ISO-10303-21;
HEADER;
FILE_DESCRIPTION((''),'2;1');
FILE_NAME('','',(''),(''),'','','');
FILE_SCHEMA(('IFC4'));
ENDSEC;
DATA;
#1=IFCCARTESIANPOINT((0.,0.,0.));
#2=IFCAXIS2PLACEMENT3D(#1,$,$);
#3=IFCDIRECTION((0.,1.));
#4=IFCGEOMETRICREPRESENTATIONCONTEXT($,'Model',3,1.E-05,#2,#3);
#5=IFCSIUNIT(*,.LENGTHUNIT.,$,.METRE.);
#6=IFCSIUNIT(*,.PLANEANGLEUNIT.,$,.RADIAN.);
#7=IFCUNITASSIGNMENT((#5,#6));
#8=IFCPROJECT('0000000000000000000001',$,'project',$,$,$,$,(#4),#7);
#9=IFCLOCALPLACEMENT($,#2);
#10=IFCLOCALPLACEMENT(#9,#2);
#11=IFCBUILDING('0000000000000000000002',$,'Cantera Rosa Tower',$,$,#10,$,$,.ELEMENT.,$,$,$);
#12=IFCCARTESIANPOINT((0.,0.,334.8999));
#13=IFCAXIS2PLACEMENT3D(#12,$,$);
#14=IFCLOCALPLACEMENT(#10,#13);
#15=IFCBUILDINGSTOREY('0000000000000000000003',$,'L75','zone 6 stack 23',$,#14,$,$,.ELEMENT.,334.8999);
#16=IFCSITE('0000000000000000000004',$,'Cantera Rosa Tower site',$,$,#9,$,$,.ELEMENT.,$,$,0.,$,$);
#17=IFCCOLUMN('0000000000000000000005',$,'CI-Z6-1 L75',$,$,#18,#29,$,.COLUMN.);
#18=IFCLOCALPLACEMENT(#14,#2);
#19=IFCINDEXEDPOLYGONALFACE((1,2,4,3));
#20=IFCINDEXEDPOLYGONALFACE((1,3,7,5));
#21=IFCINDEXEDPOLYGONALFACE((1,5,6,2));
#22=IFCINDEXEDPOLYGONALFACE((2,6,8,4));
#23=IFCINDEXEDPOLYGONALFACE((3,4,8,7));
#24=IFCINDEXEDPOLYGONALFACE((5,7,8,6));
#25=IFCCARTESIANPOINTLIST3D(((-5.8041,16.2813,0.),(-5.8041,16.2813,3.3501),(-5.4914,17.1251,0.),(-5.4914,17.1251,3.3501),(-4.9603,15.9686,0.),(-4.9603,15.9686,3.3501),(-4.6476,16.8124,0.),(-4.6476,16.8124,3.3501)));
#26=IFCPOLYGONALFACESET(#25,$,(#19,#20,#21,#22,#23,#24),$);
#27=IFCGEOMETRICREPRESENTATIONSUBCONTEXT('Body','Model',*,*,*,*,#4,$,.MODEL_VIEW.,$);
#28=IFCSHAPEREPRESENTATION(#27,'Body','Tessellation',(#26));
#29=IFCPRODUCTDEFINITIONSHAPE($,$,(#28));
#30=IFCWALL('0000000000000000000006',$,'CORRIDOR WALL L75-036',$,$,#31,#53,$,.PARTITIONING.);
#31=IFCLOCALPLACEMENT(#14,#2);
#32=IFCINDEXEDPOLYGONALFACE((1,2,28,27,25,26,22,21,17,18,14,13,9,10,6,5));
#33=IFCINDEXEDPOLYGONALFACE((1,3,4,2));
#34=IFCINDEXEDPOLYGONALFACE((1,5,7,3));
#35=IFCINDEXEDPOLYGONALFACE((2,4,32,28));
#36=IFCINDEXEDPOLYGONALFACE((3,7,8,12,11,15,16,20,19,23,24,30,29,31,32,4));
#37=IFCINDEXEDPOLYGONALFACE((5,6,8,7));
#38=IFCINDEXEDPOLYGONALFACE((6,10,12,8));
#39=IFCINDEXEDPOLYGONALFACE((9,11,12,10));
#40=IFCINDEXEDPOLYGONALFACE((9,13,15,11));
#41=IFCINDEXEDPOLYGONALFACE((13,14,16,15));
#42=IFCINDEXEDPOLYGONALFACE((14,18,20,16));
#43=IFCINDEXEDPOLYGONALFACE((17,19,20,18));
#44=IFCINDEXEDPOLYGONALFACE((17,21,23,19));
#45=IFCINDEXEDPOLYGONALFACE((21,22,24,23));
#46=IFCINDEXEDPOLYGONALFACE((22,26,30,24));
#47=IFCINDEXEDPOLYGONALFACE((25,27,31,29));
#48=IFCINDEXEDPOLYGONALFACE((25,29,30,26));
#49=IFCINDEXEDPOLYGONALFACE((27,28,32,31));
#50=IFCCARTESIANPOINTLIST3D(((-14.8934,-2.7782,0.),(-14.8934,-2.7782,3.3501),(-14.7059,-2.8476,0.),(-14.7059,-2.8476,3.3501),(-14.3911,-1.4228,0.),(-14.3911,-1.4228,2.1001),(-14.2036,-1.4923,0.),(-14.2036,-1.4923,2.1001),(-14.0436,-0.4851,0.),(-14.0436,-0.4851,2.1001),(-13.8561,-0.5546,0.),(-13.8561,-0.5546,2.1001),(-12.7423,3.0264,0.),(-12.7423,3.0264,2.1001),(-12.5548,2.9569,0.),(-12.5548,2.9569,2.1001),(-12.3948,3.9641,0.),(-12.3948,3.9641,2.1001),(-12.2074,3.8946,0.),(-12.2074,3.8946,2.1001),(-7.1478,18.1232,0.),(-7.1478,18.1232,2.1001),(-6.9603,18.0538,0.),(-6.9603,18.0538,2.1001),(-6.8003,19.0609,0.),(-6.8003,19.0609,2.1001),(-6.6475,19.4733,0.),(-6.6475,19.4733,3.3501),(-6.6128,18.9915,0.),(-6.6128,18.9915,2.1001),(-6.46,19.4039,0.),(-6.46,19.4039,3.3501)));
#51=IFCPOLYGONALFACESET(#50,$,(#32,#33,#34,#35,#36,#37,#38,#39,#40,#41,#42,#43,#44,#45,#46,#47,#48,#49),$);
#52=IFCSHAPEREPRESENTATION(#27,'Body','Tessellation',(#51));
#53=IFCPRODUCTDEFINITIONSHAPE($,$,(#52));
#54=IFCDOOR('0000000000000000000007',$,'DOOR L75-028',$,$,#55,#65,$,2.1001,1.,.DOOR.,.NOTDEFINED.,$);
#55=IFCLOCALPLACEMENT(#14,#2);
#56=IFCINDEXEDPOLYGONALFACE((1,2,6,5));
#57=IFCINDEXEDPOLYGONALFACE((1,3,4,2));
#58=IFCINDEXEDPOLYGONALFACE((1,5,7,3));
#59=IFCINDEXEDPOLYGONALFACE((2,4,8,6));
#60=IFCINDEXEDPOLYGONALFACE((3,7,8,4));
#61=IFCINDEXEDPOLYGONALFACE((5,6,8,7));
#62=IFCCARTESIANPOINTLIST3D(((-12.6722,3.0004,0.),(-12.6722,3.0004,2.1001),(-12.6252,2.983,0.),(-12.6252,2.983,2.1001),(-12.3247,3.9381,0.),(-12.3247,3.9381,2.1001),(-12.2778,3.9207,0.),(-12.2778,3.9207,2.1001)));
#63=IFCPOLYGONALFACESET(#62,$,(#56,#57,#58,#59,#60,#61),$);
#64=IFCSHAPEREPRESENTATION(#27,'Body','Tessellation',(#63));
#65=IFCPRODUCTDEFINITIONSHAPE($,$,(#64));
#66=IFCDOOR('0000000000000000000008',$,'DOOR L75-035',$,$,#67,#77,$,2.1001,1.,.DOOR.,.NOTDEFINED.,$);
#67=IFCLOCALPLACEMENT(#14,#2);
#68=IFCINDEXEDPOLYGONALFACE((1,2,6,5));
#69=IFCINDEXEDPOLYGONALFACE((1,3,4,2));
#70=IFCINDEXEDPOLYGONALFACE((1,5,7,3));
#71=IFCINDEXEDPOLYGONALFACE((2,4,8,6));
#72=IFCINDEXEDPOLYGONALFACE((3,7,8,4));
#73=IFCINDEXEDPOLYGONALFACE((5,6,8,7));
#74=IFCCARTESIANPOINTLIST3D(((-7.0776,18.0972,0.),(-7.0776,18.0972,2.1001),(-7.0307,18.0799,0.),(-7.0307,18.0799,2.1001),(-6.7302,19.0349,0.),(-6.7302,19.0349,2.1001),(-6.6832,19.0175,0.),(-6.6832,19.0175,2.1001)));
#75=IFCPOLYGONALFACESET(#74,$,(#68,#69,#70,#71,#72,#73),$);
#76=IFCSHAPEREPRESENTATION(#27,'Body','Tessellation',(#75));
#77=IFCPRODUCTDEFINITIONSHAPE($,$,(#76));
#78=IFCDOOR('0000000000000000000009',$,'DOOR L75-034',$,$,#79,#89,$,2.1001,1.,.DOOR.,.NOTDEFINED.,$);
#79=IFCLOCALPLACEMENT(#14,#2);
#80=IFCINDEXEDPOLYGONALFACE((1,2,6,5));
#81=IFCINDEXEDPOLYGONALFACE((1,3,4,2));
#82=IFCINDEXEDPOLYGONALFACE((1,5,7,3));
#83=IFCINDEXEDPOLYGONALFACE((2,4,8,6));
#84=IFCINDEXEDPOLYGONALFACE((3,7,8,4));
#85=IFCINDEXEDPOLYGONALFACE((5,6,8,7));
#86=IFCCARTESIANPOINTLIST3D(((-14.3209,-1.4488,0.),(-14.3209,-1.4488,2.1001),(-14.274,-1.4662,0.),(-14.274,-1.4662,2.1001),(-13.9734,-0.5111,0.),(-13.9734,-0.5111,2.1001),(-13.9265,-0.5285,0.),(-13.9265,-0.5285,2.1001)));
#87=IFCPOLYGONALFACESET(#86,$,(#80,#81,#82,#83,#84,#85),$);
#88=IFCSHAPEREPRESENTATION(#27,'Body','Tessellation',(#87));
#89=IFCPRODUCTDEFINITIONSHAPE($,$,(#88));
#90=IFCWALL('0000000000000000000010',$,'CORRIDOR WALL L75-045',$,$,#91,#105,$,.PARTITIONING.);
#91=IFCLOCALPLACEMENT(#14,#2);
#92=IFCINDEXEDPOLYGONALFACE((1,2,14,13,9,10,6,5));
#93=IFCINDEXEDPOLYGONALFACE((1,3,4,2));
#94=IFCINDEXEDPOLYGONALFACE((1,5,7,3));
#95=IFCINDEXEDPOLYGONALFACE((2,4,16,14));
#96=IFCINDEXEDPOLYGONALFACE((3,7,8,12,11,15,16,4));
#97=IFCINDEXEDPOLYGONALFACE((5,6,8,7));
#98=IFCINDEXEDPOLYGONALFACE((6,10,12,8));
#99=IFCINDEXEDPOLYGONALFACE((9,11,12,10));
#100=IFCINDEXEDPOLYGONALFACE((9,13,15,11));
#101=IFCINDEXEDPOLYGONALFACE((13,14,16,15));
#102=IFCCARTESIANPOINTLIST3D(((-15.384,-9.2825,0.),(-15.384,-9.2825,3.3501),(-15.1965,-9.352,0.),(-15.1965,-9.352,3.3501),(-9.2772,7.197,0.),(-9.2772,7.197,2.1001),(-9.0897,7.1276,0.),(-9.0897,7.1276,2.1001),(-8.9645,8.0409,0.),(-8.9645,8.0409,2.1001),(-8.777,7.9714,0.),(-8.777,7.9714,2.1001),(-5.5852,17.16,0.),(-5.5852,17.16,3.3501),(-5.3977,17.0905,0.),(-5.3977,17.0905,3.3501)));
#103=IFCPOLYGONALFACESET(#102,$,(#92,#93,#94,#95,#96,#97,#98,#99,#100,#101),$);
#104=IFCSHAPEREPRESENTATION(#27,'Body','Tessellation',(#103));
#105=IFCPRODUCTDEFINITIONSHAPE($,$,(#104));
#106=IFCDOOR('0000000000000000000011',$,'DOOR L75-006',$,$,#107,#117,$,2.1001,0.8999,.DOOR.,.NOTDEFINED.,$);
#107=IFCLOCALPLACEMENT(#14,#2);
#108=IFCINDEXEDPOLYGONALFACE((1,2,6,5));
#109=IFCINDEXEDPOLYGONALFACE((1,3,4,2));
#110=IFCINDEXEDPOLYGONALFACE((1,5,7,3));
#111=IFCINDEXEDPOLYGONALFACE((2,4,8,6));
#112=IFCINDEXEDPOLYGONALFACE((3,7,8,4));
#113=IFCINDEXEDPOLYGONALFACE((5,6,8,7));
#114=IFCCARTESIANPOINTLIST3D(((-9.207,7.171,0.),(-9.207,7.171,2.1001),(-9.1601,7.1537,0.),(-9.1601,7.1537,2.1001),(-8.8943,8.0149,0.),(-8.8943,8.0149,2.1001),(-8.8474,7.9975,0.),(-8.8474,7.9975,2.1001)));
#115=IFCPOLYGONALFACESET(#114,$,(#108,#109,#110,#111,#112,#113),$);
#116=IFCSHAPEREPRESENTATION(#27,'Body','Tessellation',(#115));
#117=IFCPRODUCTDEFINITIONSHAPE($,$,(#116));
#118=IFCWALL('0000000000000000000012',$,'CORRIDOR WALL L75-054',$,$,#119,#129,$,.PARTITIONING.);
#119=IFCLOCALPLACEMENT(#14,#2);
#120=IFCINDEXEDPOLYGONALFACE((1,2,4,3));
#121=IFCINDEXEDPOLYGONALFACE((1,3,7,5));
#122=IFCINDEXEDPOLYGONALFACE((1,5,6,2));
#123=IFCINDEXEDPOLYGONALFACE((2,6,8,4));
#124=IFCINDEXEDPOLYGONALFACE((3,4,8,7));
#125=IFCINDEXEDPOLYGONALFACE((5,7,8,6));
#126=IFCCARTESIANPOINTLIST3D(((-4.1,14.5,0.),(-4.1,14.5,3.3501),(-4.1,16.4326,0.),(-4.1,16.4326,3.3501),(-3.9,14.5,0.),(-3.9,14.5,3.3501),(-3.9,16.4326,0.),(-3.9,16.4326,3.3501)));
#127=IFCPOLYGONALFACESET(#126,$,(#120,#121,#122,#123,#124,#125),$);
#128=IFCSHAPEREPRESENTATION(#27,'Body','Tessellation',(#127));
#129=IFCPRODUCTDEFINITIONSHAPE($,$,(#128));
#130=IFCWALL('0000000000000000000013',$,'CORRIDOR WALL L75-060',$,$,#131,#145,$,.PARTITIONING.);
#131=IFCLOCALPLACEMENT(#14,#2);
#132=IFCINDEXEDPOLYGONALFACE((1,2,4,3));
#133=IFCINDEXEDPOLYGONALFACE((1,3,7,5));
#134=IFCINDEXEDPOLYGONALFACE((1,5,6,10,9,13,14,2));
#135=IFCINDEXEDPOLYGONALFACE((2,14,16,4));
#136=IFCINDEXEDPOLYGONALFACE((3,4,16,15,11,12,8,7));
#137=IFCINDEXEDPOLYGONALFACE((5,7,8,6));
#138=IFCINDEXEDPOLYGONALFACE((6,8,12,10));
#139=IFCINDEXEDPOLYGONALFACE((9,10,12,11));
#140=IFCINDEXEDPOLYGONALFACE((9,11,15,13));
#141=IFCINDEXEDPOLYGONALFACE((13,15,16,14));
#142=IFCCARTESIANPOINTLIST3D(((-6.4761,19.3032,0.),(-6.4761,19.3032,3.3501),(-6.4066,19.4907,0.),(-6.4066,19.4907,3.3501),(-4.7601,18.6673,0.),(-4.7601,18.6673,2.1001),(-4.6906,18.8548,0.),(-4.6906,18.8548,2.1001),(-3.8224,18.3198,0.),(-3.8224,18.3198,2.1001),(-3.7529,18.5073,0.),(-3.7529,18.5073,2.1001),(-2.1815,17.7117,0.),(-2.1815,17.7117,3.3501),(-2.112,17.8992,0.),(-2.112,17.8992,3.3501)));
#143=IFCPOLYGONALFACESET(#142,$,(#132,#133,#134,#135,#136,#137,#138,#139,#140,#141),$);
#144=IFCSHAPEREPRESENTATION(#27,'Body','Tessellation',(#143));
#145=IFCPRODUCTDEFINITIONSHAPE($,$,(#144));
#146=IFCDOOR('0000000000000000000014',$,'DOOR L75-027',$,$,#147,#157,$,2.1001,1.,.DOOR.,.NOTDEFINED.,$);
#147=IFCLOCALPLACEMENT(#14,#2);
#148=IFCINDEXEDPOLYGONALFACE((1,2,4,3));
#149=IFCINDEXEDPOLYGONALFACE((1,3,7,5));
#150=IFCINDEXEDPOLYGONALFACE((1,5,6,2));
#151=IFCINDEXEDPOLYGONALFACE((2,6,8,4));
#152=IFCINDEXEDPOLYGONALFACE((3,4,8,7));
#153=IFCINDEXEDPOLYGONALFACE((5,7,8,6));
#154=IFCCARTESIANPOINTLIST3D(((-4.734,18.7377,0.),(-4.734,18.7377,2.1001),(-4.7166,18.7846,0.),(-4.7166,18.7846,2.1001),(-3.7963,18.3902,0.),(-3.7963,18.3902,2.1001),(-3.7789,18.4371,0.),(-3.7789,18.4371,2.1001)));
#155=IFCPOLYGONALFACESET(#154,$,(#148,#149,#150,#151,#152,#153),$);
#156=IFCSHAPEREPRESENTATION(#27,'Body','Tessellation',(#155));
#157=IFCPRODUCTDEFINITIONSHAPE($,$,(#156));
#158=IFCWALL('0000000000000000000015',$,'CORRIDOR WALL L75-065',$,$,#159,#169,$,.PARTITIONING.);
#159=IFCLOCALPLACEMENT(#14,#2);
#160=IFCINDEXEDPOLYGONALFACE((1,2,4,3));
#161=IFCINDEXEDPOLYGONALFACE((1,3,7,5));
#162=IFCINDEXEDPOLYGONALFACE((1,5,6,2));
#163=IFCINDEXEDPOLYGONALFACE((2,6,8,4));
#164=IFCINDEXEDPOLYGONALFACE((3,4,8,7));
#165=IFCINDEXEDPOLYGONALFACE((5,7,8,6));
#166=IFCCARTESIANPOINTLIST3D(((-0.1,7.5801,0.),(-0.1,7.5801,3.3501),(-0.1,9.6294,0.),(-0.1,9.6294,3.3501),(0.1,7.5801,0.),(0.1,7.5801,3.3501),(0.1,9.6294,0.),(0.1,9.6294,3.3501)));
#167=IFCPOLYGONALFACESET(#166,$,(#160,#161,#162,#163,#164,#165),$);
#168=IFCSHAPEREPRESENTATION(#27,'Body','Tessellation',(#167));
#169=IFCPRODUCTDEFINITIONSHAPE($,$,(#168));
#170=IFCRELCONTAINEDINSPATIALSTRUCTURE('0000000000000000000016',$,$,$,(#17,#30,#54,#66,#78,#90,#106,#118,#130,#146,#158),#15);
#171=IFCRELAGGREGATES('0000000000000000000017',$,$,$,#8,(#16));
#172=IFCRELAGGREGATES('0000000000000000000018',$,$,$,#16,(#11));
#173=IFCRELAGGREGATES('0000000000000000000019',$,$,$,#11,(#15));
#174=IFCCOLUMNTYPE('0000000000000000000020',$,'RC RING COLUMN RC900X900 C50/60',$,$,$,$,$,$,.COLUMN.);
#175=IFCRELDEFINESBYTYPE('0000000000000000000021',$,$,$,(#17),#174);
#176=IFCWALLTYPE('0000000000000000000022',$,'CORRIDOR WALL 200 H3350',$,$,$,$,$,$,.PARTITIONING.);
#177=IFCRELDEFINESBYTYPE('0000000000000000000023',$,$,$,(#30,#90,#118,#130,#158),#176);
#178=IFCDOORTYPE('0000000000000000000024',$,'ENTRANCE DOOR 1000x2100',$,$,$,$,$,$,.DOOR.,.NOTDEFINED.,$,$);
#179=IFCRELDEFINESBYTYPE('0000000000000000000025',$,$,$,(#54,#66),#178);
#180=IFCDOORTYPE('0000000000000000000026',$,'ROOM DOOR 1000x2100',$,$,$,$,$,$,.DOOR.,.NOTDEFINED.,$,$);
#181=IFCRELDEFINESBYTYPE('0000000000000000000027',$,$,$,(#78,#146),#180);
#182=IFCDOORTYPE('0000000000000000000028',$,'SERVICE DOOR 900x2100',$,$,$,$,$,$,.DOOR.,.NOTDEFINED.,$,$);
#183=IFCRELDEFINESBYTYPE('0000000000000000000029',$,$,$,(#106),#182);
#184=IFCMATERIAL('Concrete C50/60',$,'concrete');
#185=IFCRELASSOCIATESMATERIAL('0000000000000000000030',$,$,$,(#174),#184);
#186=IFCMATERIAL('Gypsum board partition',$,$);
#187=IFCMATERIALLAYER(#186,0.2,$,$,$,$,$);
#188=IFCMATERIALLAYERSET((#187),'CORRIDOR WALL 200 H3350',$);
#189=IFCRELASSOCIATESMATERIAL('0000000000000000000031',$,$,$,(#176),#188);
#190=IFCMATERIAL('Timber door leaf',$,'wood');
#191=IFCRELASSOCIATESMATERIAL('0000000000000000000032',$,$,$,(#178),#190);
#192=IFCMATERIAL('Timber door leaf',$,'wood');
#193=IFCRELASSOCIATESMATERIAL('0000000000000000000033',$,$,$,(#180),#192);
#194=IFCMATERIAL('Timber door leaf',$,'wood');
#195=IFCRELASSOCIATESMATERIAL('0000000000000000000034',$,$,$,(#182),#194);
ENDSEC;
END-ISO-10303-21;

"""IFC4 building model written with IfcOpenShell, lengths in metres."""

from ifc_helpers import new_model, si_unit, direction, frame, frame_2d, origin, origin_2d, place, context, subcontext, project, spatial, rectangle, extrude, material, layer, layer_set, material_profile, profile_set, type_object, element, fill, save


model = new_model("IFC4")

# Units and contexts
model_context = context("Model", 3, precision=1e-05, world=origin(), true_north=direction((0.0, 1.0)))
body_context = subcontext(model_context, "Body", "Model", "MODEL_VIEW")
ifc_project = project(units=[si_unit("LENGTHUNIT", "METRE"), si_unit("PLANEANGLEUNIT", "RADIAN")], contexts=[model_context])

# Site, building, storey
site_placement = place(None, origin())
site = spatial("IfcSite", under=ifc_project, at=site_placement, Name="Cantera Rosa Tower site", CompositionType="ELEMENT", RefElevation=0.0)
building_placement = place(site_placement, origin())
building = spatial("IfcBuilding", under=site, at=building_placement, Name="Cantera Rosa Tower", CompositionType="ELEMENT")
storey_placement = place(building_placement, frame((0.0, 0.0, 334.8999)))
storey = spatial("IfcBuildingStorey", under=building, at=storey_placement, Name="L75", Description="zone 6 stack 23", CompositionType="ELEMENT", Elevation=334.8999)

# Column
ifc_material_1 = material(Name="Concrete C50/60", Category="concrete")
ifc_material_profile = material_profile(ifc_material_1, rectangle(XDim=0.8999, YDim=0.8999, at=origin_2d()), Name="RC RING COLUMN RC900X900 C50/60")
ifc_profile_set = profile_set([ifc_material_profile], Name="Concrete C50/60")
column_type = type_object("IfcColumnType", Name="RC RING COLUMN RC900X900 C50/60", PredefinedType="COLUMN", material=ifc_profile_set)
column_placement = place(storey_placement, frame((-5.2258, 16.5469, 0.0), z_axis=(0.0, 0.0, 1.0), x_axis=(0.347481, 0.937687, 0.0)))
element("IfcColumn", 1, at=column_placement, inside=storey, type_object=column_type, Name="CI-Z6-1 L75", PredefinedType="COLUMN", context=body_context, shape_type="SweptSolid", body=[
    extrude(rectangle(XDim=0.8999, YDim=0.8999, at=origin_2d()), origin(), (0.0, 0.0, 1.0), 3.3501),
])

# Wall, openings, doors
ifc_material_2 = material(Name="Gypsum board partition")
ifc_layer_1 = layer(ifc_material_2, 0.2)
ifc_layer_set_1 = layer_set([ifc_layer_1], Name="CORRIDOR WALL 200 H3350")
wall_type_1 = type_object("IfcWallType", Name="CORRIDOR WALL 200 H3350", PredefinedType="PARTITIONING", material=ifc_layer_set_1)
wall_1_placement = place(storey_placement, frame((-6.5537, 19.4387, 0.0), z_axis=(0.0, 0.0, 1.0), x_axis=(-0.347484, -0.937686, 0.0)))
wall_1 = element("IfcWall", 2, at=wall_1_placement, inside=storey, type_object=wall_type_1, Name="CORRIDOR WALL L75-036", PredefinedType="PARTITIONING", context=body_context, shape_type="SweptSolid", body=[
    extrude(rectangle(XDim=23.7302, YDim=0.2, at=frame_2d((11.8652, 0.0))), origin(), (0.0, 0.0, 1.0), 3.3501),
])
opening_1_placement = place(wall_1_placement, frame((16.54, 0.0, 0.0)))
opening_1 = element("IfcOpeningElement", 3, at=opening_1_placement, cuts=wall_1, PredefinedType="OPENING", context=body_context, shape_type="SweptSolid", body=[
    extrude(rectangle(XDim=1.0, YDim=2.1001, at=frame_2d((0.5, 1.05))), frame((0.0, 0.1099, 0.0), z_axis=(0.0, -1.0, 0.0), x_axis=(1.0, 0.0, 0.0)), (0.0, 0.0, 1.0), 0.22),
])
opening_2_placement = place(wall_1_placement, frame((21.2849, 0.0, 0.0)))
opening_2 = element("IfcOpeningElement", 4, at=opening_2_placement, cuts=wall_1, PredefinedType="OPENING", context=body_context, shape_type="SweptSolid", body=[
    extrude(rectangle(XDim=1.0, YDim=2.1001, at=frame_2d((0.5, 1.05))), frame((0.0, 0.1099, 0.0), z_axis=(0.0, -1.0, 0.0), x_axis=(1.0, 0.0, 0.0)), (0.0, 0.0, 1.0), 0.22),
])
opening_3_placement = place(wall_1_placement, frame((0.4399, 0.0, 0.0)))
opening_3 = element("IfcOpeningElement", 5, at=opening_3_placement, cuts=wall_1, PredefinedType="OPENING", context=body_context, shape_type="SweptSolid", body=[
    extrude(rectangle(XDim=1.0, YDim=2.1001, at=frame_2d((0.5, 1.05))), frame((0.0, 0.1099, 0.0), z_axis=(0.0, -1.0, 0.0), x_axis=(1.0, 0.0, 0.0)), (0.0, 0.0, 1.0), 0.22),
])
ifc_material_3 = material(Name="Timber door leaf", Category="wood")
door_type_1 = type_object("IfcDoorType", Name="ENTRANCE DOOR 1000x2100", OperationType="NOTDEFINED", PredefinedType="DOOR", material=ifc_material_3)
door_1_placement = place(opening_1_placement, origin())
door_1 = element("IfcDoor", 6, at=door_1_placement, inside=storey, type_object=door_type_1, Name="DOOR L75-028", OperationType="NOTDEFINED", OverallHeight=2.1001, OverallWidth=1.0, PredefinedType="DOOR", context=body_context, shape_type="SweptSolid", body=[
    extrude(rectangle(XDim=1.0, YDim=2.1001, at=frame_2d((0.5, 1.05))), frame((0.0, 0.0249, 0.0), z_axis=(0.0, -1.0, 0.0), x_axis=(1.0, 0.0, 0.0)), (0.0, 0.0, 1.0), 0.05),
])
fill(opening_1, door_1)
door_2_placement = place(opening_3_placement, origin())
door_2 = element("IfcDoor", 7, at=door_2_placement, inside=storey, type_object=door_type_1, Name="DOOR L75-035", OperationType="NOTDEFINED", OverallHeight=2.1001, OverallWidth=1.0, PredefinedType="DOOR", context=body_context, shape_type="SweptSolid", body=[
    extrude(rectangle(XDim=1.0, YDim=2.1001, at=frame_2d((0.5, 1.05))), frame((0.0, 0.0249, 0.0), z_axis=(0.0, -1.0, 0.0), x_axis=(1.0, 0.0, 0.0)), (0.0, 0.0, 1.0), 0.05),
])
fill(opening_3, door_2)
ifc_material_4 = material(Name="Timber door leaf", Category="wood")
door_type_2 = type_object("IfcDoorType", Name="ROOM DOOR 1000x2100", OperationType="NOTDEFINED", PredefinedType="DOOR", material=ifc_material_4)
door_3_placement = place(opening_2_placement, origin())
door_3 = element("IfcDoor", 8, at=door_3_placement, inside=storey, type_object=door_type_2, Name="DOOR L75-034", OperationType="NOTDEFINED", OverallHeight=2.1001, OverallWidth=1.0, PredefinedType="DOOR", context=body_context, shape_type="SweptSolid", body=[
    extrude(rectangle(XDim=1.0, YDim=2.1001, at=frame_2d((0.5, 1.05))), frame((0.0, 0.0249, 0.0), z_axis=(0.0, -1.0, 0.0), x_axis=(1.0, 0.0, 0.0)), (0.0, 0.0, 1.0), 0.05),
])
fill(opening_2, door_3)

# Wall, opening, door
wall_2_placement = place(storey_placement, frame((-5.4915, 17.1252, 0.0), z_axis=(0.0, 0.0, 1.0), x_axis=(-0.347478, -0.937688, 0.0)))
wall_2 = element("IfcWall", 9, at=wall_2_placement, inside=storey, type_object=wall_type_1, Name="CORRIDOR WALL L75-045", PredefinedType="PARTITIONING", context=body_context, shape_type="SweptSolid", body=[
    extrude(rectangle(XDim=28.1997, YDim=0.2, at=frame_2d((14.0999, 0.0))), origin(), (0.0, 0.0, 1.0), 3.3501),
])
opening_4_placement = place(wall_2_placement, frame((9.7251, 0.0, 0.0)))
opening_4 = element("IfcOpeningElement", 10, at=opening_4_placement, cuts=wall_2, PredefinedType="OPENING", context=body_context, shape_type="SweptSolid", body=[
    extrude(rectangle(XDim=0.8999, YDim=2.1001, at=frame_2d((0.45, 1.05))), frame((0.0, 0.1099, 0.0), z_axis=(0.0, -1.0, 0.0), x_axis=(1.0, 0.0, 0.0)), (0.0, 0.0, 1.0), 0.22),
])
ifc_material_5 = material(Name="Timber door leaf", Category="wood")
door_type_3 = type_object("IfcDoorType", Name="SERVICE DOOR 900x2100", OperationType="NOTDEFINED", PredefinedType="DOOR", material=ifc_material_5)
door_4_placement = place(opening_4_placement, origin())
door_4 = element("IfcDoor", 11, at=door_4_placement, inside=storey, type_object=door_type_3, Name="DOOR L75-006", OperationType="NOTDEFINED", OverallHeight=2.1001, OverallWidth=0.8999, PredefinedType="DOOR", context=body_context, shape_type="SweptSolid", body=[
    extrude(rectangle(XDim=0.8999, YDim=2.1001, at=frame_2d((0.45, 1.05))), frame((0.0, 0.0249, 0.0), z_axis=(0.0, -1.0, 0.0), x_axis=(1.0, 0.0, 0.0)), (0.0, 0.0, 1.0), 0.05),
])
fill(opening_4, door_4)

# Wall
wall_3_placement = place(storey_placement, frame((-4.0, 16.4326, 0.0), z_axis=(0.0, 0.0, 1.0), x_axis=(0.0, -1.0, 0.0)))
element("IfcWall", 12, at=wall_3_placement, inside=storey, type_object=wall_type_1, Name="CORRIDOR WALL L75-054", PredefinedType="PARTITIONING", context=body_context, shape_type="SweptSolid", body=[
    extrude(rectangle(XDim=1.9326, YDim=0.2, at=frame_2d((0.9663, 0.0))), origin(), (0.0, 0.0, 1.0), 3.3501),
])

# Wall, opening, door
wall_4_placement = place(storey_placement, frame((-2.1467, 17.8054, 0.0), z_axis=(0.0, 0.0, 1.0), x_axis=(-0.937683, 0.347493, 0.0)))
wall_4 = element("IfcWall", 13, at=wall_4_placement, inside=storey, type_object=wall_type_1, Name="CORRIDOR WALL L75-060", PredefinedType="PARTITIONING", context=body_context, shape_type="SweptSolid", body=[
    extrude(rectangle(XDim=4.5801, YDim=0.2, at=frame_2d((2.29, 0.0))), origin(), (0.0, 0.0, 1.0), 3.3501),
])
opening_5_placement = place(wall_4_placement, frame((1.75, 0.0, 0.0)))
opening_5 = element("IfcOpeningElement", 14, at=opening_5_placement, cuts=wall_4, PredefinedType="OPENING", context=body_context, shape_type="SweptSolid", body=[
    extrude(rectangle(XDim=1.0, YDim=2.1001, at=frame_2d((0.5, 1.05))), frame((0.0, 0.1099, 0.0), z_axis=(0.0, -1.0, 0.0), x_axis=(1.0, 0.0, 0.0)), (0.0, 0.0, 1.0), 0.22),
])
door_5_placement = place(opening_5_placement, origin())
door_5 = element("IfcDoor", 15, at=door_5_placement, inside=storey, type_object=door_type_2, Name="DOOR L75-027", OperationType="NOTDEFINED", OverallHeight=2.1001, OverallWidth=1.0, PredefinedType="DOOR", context=body_context, shape_type="SweptSolid", body=[
    extrude(rectangle(XDim=1.0, YDim=2.1001, at=frame_2d((0.5, 1.05))), frame((0.0, 0.0249, 0.0), z_axis=(0.0, -1.0, 0.0), x_axis=(1.0, 0.0, 0.0)), (0.0, 0.0, 1.0), 0.05),
])
fill(opening_5, door_5)

# Wall
wall_5_placement = place(storey_placement, frame((0.0, 7.5801, 0.0), z_axis=(0.0, 0.0, 1.0), x_axis=(0.0, 1.0, 0.0)))
element("IfcWall", 16, at=wall_5_placement, inside=storey, type_object=wall_type_1, Name="CORRIDOR WALL L75-065", PredefinedType="PARTITIONING", context=body_context, shape_type="SweptSolid", body=[
    extrude(rectangle(XDim=2.0493, YDim=0.2, at=frame_2d((1.0247, 0.0))), origin(), (0.0, 0.0, 1.0), 3.3501),
])

save(model, "model.ifc")
